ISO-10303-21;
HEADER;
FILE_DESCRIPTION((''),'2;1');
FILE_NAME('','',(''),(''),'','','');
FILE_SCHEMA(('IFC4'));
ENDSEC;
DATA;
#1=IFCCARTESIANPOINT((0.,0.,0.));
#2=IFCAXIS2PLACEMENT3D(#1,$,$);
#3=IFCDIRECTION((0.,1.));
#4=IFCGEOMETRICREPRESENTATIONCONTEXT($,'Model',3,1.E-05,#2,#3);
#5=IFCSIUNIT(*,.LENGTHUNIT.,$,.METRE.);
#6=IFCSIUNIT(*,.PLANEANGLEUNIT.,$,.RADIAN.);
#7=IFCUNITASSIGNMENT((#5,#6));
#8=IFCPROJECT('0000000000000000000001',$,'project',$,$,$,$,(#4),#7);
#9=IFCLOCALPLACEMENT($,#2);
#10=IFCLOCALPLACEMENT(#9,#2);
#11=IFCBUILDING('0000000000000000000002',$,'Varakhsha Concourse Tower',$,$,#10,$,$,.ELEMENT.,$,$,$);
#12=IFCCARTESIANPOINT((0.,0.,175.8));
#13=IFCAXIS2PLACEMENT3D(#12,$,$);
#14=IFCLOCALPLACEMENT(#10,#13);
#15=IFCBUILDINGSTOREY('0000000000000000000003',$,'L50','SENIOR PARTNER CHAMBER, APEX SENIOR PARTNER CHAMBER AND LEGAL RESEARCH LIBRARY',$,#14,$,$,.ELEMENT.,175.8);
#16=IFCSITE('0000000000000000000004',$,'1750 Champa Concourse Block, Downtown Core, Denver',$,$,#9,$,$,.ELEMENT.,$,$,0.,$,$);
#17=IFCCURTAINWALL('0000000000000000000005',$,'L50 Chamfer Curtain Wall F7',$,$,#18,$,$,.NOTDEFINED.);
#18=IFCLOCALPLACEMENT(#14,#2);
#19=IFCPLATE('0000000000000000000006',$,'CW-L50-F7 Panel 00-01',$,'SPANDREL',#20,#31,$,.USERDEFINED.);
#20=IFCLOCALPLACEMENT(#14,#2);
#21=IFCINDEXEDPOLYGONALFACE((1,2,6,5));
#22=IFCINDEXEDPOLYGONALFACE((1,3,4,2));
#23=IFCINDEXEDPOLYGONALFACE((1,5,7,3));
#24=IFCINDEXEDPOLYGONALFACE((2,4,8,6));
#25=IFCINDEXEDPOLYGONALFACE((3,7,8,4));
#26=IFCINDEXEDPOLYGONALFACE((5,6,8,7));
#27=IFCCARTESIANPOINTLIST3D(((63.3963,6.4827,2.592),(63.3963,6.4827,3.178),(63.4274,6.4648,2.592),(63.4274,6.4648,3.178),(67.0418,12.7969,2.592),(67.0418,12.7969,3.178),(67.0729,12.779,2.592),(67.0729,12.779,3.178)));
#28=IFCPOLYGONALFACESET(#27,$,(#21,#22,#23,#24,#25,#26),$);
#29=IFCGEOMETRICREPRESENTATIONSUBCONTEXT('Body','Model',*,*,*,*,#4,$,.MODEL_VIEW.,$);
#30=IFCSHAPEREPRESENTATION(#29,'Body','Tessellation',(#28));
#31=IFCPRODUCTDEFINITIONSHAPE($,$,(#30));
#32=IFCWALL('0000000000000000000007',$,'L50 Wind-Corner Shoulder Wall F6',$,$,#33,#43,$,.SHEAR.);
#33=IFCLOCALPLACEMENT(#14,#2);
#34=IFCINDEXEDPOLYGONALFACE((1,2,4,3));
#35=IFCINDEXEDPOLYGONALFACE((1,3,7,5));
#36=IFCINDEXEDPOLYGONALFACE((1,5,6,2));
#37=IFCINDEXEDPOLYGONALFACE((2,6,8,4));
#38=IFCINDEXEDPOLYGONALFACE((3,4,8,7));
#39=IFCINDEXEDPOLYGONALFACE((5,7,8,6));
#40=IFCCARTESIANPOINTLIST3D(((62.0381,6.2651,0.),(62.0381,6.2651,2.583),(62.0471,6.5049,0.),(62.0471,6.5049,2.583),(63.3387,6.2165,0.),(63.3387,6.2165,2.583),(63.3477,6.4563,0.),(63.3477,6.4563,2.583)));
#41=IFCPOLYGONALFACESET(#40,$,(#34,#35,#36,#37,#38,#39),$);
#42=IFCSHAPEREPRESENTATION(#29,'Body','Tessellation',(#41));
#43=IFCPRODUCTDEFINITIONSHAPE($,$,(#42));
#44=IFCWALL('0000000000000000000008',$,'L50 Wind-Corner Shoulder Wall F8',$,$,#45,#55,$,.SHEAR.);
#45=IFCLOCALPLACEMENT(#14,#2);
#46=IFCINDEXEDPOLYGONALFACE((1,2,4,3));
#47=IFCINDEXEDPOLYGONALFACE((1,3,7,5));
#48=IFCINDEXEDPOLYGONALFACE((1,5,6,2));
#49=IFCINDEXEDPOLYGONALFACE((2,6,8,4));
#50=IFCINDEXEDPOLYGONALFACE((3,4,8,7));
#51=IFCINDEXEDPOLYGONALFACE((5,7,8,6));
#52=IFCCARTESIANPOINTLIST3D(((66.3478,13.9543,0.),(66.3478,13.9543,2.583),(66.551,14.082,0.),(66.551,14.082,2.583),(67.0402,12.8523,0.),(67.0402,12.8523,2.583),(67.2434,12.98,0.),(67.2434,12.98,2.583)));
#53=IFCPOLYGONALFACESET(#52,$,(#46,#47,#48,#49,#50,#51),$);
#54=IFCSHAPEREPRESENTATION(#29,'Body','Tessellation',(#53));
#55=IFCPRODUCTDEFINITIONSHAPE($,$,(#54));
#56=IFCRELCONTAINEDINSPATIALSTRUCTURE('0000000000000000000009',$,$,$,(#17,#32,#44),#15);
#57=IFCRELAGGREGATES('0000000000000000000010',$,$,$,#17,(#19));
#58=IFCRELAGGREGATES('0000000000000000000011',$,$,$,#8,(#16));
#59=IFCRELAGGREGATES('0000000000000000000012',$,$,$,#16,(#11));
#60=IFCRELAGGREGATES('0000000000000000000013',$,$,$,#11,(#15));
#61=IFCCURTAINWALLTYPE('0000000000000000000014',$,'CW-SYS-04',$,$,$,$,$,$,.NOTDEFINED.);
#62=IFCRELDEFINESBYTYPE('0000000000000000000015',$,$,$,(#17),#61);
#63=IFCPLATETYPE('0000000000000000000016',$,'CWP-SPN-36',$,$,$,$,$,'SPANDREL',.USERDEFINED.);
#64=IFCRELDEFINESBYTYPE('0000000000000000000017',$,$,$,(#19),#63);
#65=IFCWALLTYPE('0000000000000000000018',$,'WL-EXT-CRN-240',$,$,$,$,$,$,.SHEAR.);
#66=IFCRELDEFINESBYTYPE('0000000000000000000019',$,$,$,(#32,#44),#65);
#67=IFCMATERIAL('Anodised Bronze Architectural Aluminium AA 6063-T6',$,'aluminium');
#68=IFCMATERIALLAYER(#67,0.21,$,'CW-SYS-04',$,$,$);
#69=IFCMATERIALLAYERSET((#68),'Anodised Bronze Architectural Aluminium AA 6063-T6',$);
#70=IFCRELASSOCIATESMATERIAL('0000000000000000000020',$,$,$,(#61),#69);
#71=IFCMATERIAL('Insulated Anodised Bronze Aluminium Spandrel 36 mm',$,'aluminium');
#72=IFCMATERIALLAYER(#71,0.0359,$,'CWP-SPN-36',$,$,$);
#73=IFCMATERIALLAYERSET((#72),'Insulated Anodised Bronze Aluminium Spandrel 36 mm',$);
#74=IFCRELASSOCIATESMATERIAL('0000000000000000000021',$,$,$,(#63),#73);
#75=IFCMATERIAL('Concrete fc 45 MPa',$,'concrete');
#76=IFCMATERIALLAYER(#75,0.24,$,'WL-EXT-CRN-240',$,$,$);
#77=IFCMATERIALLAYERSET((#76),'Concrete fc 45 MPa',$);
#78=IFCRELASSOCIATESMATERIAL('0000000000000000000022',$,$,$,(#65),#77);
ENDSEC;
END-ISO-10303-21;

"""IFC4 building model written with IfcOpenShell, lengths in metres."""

from ifc_helpers import new_model, si_unit, direction, frame, frame_2d, origin, origin_2d, place, context, subcontext, project, spatial, rectangle, extrude, source, transform, mapped, material, layer, layer_set, type_object, element, aggregate, save


model = new_model("IFC4")

# Units and contexts
model_context = context("Model", 3, precision=1e-05, world=origin(), true_north=direction((0.0, 1.0)))
body_context = subcontext(model_context, "Body", "Model", "MODEL_VIEW")
ifc_project = project(units=[si_unit("LENGTHUNIT", "METRE"), si_unit("PLANEANGLEUNIT", "RADIAN")], contexts=[model_context])

# Site, building, storey
site_placement = place(None, origin())
site = spatial("IfcSite", under=ifc_project, at=site_placement, Name="1750 Champa Concourse Block, Downtown Core, Denver", CompositionType="ELEMENT", RefElevation=0.0)
building_placement = place(site_placement, origin())
building = spatial("IfcBuilding", under=site, at=building_placement, Name="Varakhsha Concourse Tower", CompositionType="ELEMENT")
storey_placement = place(building_placement, frame((0.0, 0.0, 175.8)))
storey = spatial("IfcBuildingStorey", under=building, at=storey_placement, Name="L50", Description="SENIOR PARTNER CHAMBER, APEX SENIOR PARTNER CHAMBER AND LEGAL RESEARCH LIBRARY", CompositionType="ELEMENT", Elevation=175.8)

# Shared definitions
ifc_material_1 = material(Name="Anodised Bronze Architectural Aluminium AA 6063-T6", Category="aluminium")
ifc_layer_1 = layer(ifc_material_1, 0.21, Name="CW-SYS-04")
ifc_layer_set_1 = layer_set([ifc_layer_1], Name="Anodised Bronze Architectural Aluminium AA 6063-T6")
curtain_wall_type = type_object("IfcCurtainWallType", Name="CW-SYS-04", PredefinedType="NOTDEFINED", material=ifc_layer_set_1)

# Curtain wall
curtain_wall_1_placement = place(storey_placement, origin())
curtain_wall_1 = element("IfcCurtainWall", 1, at=curtain_wall_1_placement, inside=storey, type_object=curtain_wall_type, Name="L50 Chamfer Curtain Wall F7", PredefinedType="NOTDEFINED")

# Plate
ifc_material_2 = material(Name="Insulated Anodised Bronze Aluminium Spandrel 36 mm", Category="aluminium")
ifc_layer_2 = layer(ifc_material_2, 0.0359, Name="CWP-SPN-36")
ifc_layer_set_2 = layer_set([ifc_layer_2], Name="Insulated Anodised Bronze Aluminium Spandrel 36 mm")
plate_type_1 = type_object("IfcPlateType", Name="CWP-SPN-36", ElementType="SPANDREL", PredefinedType="USERDEFINED", material=ifc_layer_set_2)
shared_shape_1 = source(origin(), body_context, "Body", "SweptSolid", [
    extrude(rectangle(XDim=7.291, YDim=0.0359, at=origin_2d()), origin(), (0.0, 0.0, 1.0), 0.5859),
])
plate_1_placement = place(storey_placement, frame((65.2346, 9.6309, 2.592), z_axis=(0.0, 0.0, 1.0), x_axis=(-0.499997, -0.866027, 0.0)))
plate_1 = element("IfcPlate", 2, at=plate_1_placement, type_object=plate_type_1, Name="CW-L50-F7 Panel 00-01", ObjectType="SPANDREL", PredefinedType="USERDEFINED", context=body_context, shape_type="MappedRepresentation", body=[
    mapped(shared_shape_1, transform((0.0, 0.0, 0.0), scale=1.0)),
])
aggregate(curtain_wall_1, [plate_1])

# Walls
ifc_material_3 = material(Name="Concrete fc 45 MPa", Category="concrete")
ifc_layer_3 = layer(ifc_material_3, 0.24, Name="WL-EXT-CRN-240")
ifc_layer_set_3 = layer_set([ifc_layer_3], Name="Concrete fc 45 MPa")
wall_type = type_object("IfcWallType", Name="WL-EXT-CRN-240", PredefinedType="SHEAR", material=ifc_layer_set_3)
for number, where, z_axis, x_axis, name in (
    (3, (62.0425, 6.385, 0.0), (0.0, 0.0, 1.0), (0.999303, -0.037331, 0.0), "L50 Wind-Corner Shoulder Wall F6"),
    (4, (67.1418, 12.916, 0.0), (0.0, 0.0, 1.0), (-0.531987, 0.846752, 0.0), "L50 Wind-Corner Shoulder Wall F8"),
):
    element("IfcWall", number, at=place(storey_placement, frame(where, z_axis=z_axis, x_axis=x_axis)), inside=storey, type_object=wall_type, Name=name, PredefinedType="SHEAR", context=body_context, shape_type="SweptSolid", body=[
        extrude(rectangle(XDim=1.3015, YDim=0.24, at=frame_2d((0.6509, 0.0))), origin(), (0.0, 0.0, 1.0), 2.583),
    ])

save(model, "model.ifc")
